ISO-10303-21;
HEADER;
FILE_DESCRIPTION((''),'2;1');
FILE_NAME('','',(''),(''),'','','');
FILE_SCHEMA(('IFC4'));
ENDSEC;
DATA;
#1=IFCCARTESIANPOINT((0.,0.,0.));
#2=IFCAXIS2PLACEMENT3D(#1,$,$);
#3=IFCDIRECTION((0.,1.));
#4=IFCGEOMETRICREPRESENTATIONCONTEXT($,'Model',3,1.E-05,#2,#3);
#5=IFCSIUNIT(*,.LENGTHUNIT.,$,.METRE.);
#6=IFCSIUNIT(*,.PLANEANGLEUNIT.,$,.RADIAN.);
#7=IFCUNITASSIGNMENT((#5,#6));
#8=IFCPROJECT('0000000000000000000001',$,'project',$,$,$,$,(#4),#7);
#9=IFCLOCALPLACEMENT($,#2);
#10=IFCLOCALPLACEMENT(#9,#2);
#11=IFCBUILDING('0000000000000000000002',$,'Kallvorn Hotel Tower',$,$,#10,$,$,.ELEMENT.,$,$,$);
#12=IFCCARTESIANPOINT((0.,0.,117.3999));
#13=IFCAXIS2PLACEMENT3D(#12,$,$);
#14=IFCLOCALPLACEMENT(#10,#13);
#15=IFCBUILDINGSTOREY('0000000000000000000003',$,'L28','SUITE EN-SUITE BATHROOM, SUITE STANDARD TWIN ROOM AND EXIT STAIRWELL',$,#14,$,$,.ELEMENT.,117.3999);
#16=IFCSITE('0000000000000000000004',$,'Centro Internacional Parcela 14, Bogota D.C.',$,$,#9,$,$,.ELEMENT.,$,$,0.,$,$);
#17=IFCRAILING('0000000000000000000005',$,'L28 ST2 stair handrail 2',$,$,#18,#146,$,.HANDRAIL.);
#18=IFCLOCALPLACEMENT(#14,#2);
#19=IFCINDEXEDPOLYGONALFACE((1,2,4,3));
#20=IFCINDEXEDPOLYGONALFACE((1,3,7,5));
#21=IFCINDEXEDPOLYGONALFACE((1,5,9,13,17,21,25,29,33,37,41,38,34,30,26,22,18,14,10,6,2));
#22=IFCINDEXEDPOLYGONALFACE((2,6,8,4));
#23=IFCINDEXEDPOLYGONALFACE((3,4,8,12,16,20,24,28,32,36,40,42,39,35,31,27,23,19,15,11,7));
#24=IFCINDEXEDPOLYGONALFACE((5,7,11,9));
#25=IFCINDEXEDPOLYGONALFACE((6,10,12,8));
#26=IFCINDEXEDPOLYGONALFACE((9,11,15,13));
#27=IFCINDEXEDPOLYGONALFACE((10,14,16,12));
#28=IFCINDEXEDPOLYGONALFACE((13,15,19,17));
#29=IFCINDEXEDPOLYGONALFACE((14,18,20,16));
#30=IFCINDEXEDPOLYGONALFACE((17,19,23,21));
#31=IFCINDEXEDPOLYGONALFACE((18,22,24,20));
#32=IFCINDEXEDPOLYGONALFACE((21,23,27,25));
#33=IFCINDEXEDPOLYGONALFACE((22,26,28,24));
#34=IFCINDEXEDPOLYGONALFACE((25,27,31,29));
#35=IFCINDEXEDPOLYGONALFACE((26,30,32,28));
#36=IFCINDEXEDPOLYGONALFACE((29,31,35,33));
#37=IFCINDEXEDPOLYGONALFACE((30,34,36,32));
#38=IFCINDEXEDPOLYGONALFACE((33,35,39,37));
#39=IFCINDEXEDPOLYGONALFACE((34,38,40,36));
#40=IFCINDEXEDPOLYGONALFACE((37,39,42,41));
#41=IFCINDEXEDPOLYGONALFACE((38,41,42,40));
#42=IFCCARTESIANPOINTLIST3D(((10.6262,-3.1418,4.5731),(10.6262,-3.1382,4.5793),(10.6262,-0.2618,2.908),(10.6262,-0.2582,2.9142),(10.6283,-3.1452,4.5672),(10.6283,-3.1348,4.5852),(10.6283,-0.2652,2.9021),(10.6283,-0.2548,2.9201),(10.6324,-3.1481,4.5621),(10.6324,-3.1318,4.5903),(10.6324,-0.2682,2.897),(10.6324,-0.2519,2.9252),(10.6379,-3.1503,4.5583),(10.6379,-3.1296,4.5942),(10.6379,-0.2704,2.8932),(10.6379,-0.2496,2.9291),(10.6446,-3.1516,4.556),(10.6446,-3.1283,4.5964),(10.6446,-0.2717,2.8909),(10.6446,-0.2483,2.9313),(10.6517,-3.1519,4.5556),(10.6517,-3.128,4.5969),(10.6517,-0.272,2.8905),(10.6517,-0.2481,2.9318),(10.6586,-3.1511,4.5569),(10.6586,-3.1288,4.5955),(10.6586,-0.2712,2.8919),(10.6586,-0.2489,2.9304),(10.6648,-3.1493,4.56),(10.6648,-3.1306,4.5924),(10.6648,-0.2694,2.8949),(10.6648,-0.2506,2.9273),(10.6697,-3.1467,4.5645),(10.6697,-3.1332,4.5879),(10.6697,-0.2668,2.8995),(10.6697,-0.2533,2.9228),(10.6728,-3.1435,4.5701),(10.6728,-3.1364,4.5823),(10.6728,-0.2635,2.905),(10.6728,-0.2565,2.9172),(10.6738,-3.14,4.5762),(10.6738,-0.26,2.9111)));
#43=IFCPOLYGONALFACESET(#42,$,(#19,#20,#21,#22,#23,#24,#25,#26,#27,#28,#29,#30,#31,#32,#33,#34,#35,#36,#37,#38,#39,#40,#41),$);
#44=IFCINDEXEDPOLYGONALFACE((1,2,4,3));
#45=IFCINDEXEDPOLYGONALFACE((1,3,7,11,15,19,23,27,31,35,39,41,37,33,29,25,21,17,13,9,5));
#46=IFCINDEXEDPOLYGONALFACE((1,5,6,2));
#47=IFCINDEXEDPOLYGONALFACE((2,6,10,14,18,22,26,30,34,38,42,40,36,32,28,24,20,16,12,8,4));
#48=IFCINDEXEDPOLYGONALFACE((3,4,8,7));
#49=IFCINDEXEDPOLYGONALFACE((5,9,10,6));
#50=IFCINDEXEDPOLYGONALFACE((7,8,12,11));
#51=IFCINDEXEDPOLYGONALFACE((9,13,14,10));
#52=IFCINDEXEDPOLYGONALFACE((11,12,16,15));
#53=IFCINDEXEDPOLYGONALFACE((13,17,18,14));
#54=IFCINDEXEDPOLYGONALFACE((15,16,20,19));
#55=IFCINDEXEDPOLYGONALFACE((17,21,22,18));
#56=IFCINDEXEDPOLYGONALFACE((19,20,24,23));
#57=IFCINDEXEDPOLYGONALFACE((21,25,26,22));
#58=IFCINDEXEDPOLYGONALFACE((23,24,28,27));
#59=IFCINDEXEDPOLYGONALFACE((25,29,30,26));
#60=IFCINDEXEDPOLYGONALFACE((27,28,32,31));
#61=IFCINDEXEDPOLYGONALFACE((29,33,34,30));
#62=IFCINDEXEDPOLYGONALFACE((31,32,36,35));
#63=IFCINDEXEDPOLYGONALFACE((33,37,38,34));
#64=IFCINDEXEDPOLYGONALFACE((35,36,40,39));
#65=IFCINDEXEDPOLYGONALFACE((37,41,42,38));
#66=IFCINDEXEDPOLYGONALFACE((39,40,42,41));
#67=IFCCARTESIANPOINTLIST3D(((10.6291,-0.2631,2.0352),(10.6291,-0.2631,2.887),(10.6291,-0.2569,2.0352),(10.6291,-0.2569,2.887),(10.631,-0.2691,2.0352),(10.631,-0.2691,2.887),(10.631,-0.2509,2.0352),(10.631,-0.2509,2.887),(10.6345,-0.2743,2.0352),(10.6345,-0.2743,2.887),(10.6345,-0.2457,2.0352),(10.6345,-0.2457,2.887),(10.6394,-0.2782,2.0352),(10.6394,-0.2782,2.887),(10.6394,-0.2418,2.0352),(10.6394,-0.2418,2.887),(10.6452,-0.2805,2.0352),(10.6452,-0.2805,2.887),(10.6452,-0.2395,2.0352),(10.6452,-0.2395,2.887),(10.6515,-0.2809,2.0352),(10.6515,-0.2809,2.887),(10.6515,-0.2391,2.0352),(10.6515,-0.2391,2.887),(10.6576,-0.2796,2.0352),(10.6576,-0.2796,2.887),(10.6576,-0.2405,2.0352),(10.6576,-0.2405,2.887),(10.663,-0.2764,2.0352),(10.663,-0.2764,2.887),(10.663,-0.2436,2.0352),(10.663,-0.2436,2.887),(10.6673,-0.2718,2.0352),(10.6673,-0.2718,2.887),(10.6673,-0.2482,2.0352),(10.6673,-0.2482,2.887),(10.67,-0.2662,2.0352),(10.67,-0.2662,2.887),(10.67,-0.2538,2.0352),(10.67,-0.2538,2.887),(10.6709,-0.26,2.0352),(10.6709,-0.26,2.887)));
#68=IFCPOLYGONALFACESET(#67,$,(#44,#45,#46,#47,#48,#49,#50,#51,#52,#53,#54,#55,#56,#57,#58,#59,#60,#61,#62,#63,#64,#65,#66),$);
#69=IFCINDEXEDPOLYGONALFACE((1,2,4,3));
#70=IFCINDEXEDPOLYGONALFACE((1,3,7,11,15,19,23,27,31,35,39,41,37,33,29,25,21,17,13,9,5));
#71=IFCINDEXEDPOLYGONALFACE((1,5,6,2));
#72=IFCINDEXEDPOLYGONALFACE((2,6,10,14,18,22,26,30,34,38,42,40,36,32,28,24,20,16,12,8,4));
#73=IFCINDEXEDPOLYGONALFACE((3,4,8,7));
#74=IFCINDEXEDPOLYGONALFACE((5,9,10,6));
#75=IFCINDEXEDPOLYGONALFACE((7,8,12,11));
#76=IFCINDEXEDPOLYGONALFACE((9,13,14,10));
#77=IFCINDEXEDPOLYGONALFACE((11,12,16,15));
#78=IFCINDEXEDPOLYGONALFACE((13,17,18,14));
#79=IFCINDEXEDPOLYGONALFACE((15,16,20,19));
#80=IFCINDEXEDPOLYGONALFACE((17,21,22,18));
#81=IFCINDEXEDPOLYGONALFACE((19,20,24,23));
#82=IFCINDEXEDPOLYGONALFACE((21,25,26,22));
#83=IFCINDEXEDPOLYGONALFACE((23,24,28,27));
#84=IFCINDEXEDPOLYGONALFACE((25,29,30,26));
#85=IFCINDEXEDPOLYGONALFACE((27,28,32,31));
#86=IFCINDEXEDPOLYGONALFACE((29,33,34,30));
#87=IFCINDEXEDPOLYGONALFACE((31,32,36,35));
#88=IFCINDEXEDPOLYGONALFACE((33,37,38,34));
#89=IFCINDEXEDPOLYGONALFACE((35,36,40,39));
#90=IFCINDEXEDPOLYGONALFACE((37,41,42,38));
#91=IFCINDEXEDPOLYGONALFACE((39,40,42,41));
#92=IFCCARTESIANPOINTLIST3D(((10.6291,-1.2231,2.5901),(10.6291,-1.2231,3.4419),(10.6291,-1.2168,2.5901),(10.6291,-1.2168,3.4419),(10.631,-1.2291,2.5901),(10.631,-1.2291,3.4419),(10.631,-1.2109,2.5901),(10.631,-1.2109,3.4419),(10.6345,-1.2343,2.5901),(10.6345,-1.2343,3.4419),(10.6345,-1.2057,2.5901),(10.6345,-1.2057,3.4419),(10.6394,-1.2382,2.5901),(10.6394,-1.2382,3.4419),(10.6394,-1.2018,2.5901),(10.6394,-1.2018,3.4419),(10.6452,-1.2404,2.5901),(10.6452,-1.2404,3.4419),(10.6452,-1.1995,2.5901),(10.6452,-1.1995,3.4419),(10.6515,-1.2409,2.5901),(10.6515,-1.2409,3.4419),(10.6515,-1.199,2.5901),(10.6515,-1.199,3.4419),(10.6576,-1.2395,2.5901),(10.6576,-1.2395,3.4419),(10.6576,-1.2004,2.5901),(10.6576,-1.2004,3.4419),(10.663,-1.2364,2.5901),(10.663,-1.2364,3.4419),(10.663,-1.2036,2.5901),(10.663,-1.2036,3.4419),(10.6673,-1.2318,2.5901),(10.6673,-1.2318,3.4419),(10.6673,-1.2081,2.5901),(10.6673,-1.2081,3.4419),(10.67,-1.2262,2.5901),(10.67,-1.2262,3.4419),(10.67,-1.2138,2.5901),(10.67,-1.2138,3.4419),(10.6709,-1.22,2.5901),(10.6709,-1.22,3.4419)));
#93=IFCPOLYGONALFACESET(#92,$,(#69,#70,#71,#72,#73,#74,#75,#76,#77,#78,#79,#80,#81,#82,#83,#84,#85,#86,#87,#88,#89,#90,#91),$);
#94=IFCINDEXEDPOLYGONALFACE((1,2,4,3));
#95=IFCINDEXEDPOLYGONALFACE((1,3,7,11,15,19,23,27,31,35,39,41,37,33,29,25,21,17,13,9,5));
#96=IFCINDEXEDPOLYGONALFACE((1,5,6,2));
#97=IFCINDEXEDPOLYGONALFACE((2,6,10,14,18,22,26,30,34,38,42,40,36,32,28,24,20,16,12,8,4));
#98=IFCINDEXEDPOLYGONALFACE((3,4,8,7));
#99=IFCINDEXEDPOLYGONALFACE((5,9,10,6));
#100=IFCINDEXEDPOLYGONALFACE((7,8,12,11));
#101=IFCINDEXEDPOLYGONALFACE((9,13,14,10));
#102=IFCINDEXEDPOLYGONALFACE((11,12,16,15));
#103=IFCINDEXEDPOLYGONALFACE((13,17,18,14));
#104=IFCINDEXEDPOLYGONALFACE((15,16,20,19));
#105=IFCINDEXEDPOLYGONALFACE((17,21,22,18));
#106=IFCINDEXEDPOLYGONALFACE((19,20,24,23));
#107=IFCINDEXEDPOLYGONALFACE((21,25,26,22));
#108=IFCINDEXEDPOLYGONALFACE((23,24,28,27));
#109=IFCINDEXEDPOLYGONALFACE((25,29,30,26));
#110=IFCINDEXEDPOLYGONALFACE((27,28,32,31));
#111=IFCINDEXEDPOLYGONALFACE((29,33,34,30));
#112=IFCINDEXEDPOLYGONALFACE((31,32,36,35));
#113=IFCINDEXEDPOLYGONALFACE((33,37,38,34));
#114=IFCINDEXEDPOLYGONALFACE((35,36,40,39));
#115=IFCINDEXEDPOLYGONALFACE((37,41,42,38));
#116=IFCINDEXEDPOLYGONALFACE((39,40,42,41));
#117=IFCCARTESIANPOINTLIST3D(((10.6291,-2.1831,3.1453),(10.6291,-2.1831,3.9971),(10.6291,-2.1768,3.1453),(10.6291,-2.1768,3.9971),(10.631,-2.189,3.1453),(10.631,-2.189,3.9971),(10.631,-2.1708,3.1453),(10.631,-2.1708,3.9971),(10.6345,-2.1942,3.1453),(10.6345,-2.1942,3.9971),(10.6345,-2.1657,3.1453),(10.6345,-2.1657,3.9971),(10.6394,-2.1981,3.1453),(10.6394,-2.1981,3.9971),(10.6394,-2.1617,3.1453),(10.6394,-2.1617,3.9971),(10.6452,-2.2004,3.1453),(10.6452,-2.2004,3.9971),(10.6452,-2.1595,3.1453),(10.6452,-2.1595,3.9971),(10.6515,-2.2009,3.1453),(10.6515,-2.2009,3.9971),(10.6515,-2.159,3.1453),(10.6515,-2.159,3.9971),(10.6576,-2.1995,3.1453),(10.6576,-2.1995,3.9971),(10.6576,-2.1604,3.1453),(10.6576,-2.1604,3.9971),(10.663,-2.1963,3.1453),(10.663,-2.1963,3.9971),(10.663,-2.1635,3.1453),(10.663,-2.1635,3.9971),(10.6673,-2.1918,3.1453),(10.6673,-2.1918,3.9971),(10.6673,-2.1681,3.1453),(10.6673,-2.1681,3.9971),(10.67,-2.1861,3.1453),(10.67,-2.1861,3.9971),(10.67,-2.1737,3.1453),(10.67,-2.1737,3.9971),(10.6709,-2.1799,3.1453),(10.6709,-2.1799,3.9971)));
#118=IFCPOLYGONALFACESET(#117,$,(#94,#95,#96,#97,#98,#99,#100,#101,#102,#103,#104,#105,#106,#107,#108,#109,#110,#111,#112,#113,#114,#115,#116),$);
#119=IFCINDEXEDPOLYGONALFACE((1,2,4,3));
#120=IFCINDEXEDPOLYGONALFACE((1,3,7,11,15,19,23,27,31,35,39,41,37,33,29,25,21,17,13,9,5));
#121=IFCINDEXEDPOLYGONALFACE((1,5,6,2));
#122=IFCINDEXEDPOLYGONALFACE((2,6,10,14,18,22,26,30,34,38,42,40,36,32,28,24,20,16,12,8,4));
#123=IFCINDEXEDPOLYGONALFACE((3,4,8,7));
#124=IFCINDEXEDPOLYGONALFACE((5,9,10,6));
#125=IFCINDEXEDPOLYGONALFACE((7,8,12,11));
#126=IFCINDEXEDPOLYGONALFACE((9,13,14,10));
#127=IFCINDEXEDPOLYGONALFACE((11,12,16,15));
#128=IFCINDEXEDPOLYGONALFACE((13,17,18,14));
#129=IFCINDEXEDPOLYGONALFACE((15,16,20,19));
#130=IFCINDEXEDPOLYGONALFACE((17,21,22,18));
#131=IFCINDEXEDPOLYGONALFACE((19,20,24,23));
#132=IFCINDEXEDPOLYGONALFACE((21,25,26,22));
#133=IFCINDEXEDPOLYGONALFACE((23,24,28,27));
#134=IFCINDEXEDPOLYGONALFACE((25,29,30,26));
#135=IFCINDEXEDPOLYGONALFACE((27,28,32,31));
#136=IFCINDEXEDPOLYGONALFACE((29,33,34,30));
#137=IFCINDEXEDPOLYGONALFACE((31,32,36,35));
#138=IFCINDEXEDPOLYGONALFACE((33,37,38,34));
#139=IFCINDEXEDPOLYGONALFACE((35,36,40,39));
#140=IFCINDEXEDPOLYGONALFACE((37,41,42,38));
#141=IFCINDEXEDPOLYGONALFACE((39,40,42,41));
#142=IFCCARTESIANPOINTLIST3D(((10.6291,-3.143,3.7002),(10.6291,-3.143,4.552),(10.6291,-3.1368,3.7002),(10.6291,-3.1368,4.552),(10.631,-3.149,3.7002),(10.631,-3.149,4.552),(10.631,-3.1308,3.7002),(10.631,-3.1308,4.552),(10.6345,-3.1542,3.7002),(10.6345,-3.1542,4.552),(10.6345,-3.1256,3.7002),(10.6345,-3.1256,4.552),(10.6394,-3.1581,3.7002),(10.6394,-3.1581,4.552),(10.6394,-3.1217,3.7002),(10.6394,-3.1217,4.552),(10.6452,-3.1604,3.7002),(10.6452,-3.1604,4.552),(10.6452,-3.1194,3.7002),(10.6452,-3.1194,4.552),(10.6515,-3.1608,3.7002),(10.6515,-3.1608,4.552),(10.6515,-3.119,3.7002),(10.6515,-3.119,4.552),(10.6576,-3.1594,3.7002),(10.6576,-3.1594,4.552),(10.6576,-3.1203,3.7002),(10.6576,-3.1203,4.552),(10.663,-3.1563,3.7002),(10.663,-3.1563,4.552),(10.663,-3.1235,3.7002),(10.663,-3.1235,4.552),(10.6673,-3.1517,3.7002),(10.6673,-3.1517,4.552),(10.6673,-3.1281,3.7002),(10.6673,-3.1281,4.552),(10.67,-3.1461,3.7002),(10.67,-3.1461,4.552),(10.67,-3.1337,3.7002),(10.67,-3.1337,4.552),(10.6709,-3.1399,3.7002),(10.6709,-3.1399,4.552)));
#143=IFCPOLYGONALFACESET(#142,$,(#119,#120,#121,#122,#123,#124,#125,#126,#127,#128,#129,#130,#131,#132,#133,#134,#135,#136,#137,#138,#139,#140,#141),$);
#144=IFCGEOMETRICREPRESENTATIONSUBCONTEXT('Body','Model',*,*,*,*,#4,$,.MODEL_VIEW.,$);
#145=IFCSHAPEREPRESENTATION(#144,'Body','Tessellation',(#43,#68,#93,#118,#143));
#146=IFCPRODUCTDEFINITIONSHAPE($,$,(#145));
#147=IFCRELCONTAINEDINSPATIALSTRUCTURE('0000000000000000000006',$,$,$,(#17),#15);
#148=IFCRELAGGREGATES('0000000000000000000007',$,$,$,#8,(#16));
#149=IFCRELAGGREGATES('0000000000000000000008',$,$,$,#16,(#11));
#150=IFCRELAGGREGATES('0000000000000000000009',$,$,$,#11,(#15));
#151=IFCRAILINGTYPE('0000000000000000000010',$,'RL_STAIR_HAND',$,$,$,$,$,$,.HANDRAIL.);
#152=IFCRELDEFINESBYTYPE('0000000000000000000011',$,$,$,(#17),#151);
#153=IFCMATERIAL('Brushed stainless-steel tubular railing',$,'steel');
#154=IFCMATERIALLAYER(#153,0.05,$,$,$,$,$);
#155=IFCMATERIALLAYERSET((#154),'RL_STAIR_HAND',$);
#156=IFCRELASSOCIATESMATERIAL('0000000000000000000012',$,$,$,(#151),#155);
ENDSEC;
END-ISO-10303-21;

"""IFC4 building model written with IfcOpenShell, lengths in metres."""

from ifc_helpers import new_model, si_unit, direction, frame, origin, origin_2d, place, context, subcontext, project, spatial, circle, extrude, material, layer, layer_set, type_object, element, save


model = new_model("IFC4")

# Units and contexts
model_context = context("Model", 3, precision=1e-05, world=origin(), true_north=direction((0.0, 1.0)))
body_context = subcontext(model_context, "Body", "Model", "MODEL_VIEW")
ifc_project = project(units=[si_unit("LENGTHUNIT", "METRE"), si_unit("PLANEANGLEUNIT", "RADIAN")], contexts=[model_context])

# Site, building, storey
site_placement = place(None, origin())
site = spatial("IfcSite", under=ifc_project, at=site_placement, Name="Centro Internacional Parcela 14, Bogota D.C.", CompositionType="ELEMENT", RefElevation=0.0)
building_placement = place(site_placement, origin())
building = spatial("IfcBuilding", under=site, at=building_placement, Name="Kallvorn Hotel Tower", CompositionType="ELEMENT")
storey_placement = place(building_placement, frame((0.0, 0.0, 117.3999)))
storey = spatial("IfcBuildingStorey", under=building, at=storey_placement, Name="L28", Description="SUITE EN-SUITE BATHROOM, SUITE STANDARD TWIN ROOM AND EXIT STAIRWELL", CompositionType="ELEMENT", Elevation=117.3999)

# Railing
ifc_material_1 = material(Name="Brushed stainless-steel tubular railing", Category="steel")
ifc_layer_1 = layer(ifc_material_1, 0.05)
ifc_layer_set_1 = layer_set([ifc_layer_1], Name="RL_STAIR_HAND")
railing_type_1 = type_object("IfcRailingType", Name="RL_STAIR_HAND", PredefinedType="HANDRAIL", material=ifc_layer_set_1)
railing_1_placement = place(storey_placement, frame((10.6499, -0.26, 2.0352)))
element("IfcRailing", 1, at=railing_1_placement, inside=storey, type_object=railing_type_1, Name="L28 ST2 stair handrail 2", PredefinedType="HANDRAIL", context=body_context, shape_type="SweptSolid", body=[
    extrude(circle(Radius=0.0239, at=origin_2d()), frame((0.0, 0.0, 0.876), z_axis=(0.0, -0.865721, 0.500527), x_axis=(1.0, 0.0, 0.0)), (0.0, 0.0, 1.0), 3.3267),
    extrude(circle(Radius=0.021, at=origin_2d()), origin(), (0.0, 0.0, 1.0), 0.8518),
    extrude(circle(Radius=0.021, at=origin_2d()), frame((0.0, -0.96, 0.5549)), (0.0, 0.0, 1.0), 0.8518),
    extrude(circle(Radius=0.021, at=origin_2d()), frame((0.0, -1.9199, 1.1101)), (0.0, 0.0, 1.0), 0.8518),
    extrude(circle(Radius=0.021, at=origin_2d()), frame((0.0, -2.8799, 1.665)), (0.0, 0.0, 1.0), 0.8518),
])

save(model, "model.ifc")
